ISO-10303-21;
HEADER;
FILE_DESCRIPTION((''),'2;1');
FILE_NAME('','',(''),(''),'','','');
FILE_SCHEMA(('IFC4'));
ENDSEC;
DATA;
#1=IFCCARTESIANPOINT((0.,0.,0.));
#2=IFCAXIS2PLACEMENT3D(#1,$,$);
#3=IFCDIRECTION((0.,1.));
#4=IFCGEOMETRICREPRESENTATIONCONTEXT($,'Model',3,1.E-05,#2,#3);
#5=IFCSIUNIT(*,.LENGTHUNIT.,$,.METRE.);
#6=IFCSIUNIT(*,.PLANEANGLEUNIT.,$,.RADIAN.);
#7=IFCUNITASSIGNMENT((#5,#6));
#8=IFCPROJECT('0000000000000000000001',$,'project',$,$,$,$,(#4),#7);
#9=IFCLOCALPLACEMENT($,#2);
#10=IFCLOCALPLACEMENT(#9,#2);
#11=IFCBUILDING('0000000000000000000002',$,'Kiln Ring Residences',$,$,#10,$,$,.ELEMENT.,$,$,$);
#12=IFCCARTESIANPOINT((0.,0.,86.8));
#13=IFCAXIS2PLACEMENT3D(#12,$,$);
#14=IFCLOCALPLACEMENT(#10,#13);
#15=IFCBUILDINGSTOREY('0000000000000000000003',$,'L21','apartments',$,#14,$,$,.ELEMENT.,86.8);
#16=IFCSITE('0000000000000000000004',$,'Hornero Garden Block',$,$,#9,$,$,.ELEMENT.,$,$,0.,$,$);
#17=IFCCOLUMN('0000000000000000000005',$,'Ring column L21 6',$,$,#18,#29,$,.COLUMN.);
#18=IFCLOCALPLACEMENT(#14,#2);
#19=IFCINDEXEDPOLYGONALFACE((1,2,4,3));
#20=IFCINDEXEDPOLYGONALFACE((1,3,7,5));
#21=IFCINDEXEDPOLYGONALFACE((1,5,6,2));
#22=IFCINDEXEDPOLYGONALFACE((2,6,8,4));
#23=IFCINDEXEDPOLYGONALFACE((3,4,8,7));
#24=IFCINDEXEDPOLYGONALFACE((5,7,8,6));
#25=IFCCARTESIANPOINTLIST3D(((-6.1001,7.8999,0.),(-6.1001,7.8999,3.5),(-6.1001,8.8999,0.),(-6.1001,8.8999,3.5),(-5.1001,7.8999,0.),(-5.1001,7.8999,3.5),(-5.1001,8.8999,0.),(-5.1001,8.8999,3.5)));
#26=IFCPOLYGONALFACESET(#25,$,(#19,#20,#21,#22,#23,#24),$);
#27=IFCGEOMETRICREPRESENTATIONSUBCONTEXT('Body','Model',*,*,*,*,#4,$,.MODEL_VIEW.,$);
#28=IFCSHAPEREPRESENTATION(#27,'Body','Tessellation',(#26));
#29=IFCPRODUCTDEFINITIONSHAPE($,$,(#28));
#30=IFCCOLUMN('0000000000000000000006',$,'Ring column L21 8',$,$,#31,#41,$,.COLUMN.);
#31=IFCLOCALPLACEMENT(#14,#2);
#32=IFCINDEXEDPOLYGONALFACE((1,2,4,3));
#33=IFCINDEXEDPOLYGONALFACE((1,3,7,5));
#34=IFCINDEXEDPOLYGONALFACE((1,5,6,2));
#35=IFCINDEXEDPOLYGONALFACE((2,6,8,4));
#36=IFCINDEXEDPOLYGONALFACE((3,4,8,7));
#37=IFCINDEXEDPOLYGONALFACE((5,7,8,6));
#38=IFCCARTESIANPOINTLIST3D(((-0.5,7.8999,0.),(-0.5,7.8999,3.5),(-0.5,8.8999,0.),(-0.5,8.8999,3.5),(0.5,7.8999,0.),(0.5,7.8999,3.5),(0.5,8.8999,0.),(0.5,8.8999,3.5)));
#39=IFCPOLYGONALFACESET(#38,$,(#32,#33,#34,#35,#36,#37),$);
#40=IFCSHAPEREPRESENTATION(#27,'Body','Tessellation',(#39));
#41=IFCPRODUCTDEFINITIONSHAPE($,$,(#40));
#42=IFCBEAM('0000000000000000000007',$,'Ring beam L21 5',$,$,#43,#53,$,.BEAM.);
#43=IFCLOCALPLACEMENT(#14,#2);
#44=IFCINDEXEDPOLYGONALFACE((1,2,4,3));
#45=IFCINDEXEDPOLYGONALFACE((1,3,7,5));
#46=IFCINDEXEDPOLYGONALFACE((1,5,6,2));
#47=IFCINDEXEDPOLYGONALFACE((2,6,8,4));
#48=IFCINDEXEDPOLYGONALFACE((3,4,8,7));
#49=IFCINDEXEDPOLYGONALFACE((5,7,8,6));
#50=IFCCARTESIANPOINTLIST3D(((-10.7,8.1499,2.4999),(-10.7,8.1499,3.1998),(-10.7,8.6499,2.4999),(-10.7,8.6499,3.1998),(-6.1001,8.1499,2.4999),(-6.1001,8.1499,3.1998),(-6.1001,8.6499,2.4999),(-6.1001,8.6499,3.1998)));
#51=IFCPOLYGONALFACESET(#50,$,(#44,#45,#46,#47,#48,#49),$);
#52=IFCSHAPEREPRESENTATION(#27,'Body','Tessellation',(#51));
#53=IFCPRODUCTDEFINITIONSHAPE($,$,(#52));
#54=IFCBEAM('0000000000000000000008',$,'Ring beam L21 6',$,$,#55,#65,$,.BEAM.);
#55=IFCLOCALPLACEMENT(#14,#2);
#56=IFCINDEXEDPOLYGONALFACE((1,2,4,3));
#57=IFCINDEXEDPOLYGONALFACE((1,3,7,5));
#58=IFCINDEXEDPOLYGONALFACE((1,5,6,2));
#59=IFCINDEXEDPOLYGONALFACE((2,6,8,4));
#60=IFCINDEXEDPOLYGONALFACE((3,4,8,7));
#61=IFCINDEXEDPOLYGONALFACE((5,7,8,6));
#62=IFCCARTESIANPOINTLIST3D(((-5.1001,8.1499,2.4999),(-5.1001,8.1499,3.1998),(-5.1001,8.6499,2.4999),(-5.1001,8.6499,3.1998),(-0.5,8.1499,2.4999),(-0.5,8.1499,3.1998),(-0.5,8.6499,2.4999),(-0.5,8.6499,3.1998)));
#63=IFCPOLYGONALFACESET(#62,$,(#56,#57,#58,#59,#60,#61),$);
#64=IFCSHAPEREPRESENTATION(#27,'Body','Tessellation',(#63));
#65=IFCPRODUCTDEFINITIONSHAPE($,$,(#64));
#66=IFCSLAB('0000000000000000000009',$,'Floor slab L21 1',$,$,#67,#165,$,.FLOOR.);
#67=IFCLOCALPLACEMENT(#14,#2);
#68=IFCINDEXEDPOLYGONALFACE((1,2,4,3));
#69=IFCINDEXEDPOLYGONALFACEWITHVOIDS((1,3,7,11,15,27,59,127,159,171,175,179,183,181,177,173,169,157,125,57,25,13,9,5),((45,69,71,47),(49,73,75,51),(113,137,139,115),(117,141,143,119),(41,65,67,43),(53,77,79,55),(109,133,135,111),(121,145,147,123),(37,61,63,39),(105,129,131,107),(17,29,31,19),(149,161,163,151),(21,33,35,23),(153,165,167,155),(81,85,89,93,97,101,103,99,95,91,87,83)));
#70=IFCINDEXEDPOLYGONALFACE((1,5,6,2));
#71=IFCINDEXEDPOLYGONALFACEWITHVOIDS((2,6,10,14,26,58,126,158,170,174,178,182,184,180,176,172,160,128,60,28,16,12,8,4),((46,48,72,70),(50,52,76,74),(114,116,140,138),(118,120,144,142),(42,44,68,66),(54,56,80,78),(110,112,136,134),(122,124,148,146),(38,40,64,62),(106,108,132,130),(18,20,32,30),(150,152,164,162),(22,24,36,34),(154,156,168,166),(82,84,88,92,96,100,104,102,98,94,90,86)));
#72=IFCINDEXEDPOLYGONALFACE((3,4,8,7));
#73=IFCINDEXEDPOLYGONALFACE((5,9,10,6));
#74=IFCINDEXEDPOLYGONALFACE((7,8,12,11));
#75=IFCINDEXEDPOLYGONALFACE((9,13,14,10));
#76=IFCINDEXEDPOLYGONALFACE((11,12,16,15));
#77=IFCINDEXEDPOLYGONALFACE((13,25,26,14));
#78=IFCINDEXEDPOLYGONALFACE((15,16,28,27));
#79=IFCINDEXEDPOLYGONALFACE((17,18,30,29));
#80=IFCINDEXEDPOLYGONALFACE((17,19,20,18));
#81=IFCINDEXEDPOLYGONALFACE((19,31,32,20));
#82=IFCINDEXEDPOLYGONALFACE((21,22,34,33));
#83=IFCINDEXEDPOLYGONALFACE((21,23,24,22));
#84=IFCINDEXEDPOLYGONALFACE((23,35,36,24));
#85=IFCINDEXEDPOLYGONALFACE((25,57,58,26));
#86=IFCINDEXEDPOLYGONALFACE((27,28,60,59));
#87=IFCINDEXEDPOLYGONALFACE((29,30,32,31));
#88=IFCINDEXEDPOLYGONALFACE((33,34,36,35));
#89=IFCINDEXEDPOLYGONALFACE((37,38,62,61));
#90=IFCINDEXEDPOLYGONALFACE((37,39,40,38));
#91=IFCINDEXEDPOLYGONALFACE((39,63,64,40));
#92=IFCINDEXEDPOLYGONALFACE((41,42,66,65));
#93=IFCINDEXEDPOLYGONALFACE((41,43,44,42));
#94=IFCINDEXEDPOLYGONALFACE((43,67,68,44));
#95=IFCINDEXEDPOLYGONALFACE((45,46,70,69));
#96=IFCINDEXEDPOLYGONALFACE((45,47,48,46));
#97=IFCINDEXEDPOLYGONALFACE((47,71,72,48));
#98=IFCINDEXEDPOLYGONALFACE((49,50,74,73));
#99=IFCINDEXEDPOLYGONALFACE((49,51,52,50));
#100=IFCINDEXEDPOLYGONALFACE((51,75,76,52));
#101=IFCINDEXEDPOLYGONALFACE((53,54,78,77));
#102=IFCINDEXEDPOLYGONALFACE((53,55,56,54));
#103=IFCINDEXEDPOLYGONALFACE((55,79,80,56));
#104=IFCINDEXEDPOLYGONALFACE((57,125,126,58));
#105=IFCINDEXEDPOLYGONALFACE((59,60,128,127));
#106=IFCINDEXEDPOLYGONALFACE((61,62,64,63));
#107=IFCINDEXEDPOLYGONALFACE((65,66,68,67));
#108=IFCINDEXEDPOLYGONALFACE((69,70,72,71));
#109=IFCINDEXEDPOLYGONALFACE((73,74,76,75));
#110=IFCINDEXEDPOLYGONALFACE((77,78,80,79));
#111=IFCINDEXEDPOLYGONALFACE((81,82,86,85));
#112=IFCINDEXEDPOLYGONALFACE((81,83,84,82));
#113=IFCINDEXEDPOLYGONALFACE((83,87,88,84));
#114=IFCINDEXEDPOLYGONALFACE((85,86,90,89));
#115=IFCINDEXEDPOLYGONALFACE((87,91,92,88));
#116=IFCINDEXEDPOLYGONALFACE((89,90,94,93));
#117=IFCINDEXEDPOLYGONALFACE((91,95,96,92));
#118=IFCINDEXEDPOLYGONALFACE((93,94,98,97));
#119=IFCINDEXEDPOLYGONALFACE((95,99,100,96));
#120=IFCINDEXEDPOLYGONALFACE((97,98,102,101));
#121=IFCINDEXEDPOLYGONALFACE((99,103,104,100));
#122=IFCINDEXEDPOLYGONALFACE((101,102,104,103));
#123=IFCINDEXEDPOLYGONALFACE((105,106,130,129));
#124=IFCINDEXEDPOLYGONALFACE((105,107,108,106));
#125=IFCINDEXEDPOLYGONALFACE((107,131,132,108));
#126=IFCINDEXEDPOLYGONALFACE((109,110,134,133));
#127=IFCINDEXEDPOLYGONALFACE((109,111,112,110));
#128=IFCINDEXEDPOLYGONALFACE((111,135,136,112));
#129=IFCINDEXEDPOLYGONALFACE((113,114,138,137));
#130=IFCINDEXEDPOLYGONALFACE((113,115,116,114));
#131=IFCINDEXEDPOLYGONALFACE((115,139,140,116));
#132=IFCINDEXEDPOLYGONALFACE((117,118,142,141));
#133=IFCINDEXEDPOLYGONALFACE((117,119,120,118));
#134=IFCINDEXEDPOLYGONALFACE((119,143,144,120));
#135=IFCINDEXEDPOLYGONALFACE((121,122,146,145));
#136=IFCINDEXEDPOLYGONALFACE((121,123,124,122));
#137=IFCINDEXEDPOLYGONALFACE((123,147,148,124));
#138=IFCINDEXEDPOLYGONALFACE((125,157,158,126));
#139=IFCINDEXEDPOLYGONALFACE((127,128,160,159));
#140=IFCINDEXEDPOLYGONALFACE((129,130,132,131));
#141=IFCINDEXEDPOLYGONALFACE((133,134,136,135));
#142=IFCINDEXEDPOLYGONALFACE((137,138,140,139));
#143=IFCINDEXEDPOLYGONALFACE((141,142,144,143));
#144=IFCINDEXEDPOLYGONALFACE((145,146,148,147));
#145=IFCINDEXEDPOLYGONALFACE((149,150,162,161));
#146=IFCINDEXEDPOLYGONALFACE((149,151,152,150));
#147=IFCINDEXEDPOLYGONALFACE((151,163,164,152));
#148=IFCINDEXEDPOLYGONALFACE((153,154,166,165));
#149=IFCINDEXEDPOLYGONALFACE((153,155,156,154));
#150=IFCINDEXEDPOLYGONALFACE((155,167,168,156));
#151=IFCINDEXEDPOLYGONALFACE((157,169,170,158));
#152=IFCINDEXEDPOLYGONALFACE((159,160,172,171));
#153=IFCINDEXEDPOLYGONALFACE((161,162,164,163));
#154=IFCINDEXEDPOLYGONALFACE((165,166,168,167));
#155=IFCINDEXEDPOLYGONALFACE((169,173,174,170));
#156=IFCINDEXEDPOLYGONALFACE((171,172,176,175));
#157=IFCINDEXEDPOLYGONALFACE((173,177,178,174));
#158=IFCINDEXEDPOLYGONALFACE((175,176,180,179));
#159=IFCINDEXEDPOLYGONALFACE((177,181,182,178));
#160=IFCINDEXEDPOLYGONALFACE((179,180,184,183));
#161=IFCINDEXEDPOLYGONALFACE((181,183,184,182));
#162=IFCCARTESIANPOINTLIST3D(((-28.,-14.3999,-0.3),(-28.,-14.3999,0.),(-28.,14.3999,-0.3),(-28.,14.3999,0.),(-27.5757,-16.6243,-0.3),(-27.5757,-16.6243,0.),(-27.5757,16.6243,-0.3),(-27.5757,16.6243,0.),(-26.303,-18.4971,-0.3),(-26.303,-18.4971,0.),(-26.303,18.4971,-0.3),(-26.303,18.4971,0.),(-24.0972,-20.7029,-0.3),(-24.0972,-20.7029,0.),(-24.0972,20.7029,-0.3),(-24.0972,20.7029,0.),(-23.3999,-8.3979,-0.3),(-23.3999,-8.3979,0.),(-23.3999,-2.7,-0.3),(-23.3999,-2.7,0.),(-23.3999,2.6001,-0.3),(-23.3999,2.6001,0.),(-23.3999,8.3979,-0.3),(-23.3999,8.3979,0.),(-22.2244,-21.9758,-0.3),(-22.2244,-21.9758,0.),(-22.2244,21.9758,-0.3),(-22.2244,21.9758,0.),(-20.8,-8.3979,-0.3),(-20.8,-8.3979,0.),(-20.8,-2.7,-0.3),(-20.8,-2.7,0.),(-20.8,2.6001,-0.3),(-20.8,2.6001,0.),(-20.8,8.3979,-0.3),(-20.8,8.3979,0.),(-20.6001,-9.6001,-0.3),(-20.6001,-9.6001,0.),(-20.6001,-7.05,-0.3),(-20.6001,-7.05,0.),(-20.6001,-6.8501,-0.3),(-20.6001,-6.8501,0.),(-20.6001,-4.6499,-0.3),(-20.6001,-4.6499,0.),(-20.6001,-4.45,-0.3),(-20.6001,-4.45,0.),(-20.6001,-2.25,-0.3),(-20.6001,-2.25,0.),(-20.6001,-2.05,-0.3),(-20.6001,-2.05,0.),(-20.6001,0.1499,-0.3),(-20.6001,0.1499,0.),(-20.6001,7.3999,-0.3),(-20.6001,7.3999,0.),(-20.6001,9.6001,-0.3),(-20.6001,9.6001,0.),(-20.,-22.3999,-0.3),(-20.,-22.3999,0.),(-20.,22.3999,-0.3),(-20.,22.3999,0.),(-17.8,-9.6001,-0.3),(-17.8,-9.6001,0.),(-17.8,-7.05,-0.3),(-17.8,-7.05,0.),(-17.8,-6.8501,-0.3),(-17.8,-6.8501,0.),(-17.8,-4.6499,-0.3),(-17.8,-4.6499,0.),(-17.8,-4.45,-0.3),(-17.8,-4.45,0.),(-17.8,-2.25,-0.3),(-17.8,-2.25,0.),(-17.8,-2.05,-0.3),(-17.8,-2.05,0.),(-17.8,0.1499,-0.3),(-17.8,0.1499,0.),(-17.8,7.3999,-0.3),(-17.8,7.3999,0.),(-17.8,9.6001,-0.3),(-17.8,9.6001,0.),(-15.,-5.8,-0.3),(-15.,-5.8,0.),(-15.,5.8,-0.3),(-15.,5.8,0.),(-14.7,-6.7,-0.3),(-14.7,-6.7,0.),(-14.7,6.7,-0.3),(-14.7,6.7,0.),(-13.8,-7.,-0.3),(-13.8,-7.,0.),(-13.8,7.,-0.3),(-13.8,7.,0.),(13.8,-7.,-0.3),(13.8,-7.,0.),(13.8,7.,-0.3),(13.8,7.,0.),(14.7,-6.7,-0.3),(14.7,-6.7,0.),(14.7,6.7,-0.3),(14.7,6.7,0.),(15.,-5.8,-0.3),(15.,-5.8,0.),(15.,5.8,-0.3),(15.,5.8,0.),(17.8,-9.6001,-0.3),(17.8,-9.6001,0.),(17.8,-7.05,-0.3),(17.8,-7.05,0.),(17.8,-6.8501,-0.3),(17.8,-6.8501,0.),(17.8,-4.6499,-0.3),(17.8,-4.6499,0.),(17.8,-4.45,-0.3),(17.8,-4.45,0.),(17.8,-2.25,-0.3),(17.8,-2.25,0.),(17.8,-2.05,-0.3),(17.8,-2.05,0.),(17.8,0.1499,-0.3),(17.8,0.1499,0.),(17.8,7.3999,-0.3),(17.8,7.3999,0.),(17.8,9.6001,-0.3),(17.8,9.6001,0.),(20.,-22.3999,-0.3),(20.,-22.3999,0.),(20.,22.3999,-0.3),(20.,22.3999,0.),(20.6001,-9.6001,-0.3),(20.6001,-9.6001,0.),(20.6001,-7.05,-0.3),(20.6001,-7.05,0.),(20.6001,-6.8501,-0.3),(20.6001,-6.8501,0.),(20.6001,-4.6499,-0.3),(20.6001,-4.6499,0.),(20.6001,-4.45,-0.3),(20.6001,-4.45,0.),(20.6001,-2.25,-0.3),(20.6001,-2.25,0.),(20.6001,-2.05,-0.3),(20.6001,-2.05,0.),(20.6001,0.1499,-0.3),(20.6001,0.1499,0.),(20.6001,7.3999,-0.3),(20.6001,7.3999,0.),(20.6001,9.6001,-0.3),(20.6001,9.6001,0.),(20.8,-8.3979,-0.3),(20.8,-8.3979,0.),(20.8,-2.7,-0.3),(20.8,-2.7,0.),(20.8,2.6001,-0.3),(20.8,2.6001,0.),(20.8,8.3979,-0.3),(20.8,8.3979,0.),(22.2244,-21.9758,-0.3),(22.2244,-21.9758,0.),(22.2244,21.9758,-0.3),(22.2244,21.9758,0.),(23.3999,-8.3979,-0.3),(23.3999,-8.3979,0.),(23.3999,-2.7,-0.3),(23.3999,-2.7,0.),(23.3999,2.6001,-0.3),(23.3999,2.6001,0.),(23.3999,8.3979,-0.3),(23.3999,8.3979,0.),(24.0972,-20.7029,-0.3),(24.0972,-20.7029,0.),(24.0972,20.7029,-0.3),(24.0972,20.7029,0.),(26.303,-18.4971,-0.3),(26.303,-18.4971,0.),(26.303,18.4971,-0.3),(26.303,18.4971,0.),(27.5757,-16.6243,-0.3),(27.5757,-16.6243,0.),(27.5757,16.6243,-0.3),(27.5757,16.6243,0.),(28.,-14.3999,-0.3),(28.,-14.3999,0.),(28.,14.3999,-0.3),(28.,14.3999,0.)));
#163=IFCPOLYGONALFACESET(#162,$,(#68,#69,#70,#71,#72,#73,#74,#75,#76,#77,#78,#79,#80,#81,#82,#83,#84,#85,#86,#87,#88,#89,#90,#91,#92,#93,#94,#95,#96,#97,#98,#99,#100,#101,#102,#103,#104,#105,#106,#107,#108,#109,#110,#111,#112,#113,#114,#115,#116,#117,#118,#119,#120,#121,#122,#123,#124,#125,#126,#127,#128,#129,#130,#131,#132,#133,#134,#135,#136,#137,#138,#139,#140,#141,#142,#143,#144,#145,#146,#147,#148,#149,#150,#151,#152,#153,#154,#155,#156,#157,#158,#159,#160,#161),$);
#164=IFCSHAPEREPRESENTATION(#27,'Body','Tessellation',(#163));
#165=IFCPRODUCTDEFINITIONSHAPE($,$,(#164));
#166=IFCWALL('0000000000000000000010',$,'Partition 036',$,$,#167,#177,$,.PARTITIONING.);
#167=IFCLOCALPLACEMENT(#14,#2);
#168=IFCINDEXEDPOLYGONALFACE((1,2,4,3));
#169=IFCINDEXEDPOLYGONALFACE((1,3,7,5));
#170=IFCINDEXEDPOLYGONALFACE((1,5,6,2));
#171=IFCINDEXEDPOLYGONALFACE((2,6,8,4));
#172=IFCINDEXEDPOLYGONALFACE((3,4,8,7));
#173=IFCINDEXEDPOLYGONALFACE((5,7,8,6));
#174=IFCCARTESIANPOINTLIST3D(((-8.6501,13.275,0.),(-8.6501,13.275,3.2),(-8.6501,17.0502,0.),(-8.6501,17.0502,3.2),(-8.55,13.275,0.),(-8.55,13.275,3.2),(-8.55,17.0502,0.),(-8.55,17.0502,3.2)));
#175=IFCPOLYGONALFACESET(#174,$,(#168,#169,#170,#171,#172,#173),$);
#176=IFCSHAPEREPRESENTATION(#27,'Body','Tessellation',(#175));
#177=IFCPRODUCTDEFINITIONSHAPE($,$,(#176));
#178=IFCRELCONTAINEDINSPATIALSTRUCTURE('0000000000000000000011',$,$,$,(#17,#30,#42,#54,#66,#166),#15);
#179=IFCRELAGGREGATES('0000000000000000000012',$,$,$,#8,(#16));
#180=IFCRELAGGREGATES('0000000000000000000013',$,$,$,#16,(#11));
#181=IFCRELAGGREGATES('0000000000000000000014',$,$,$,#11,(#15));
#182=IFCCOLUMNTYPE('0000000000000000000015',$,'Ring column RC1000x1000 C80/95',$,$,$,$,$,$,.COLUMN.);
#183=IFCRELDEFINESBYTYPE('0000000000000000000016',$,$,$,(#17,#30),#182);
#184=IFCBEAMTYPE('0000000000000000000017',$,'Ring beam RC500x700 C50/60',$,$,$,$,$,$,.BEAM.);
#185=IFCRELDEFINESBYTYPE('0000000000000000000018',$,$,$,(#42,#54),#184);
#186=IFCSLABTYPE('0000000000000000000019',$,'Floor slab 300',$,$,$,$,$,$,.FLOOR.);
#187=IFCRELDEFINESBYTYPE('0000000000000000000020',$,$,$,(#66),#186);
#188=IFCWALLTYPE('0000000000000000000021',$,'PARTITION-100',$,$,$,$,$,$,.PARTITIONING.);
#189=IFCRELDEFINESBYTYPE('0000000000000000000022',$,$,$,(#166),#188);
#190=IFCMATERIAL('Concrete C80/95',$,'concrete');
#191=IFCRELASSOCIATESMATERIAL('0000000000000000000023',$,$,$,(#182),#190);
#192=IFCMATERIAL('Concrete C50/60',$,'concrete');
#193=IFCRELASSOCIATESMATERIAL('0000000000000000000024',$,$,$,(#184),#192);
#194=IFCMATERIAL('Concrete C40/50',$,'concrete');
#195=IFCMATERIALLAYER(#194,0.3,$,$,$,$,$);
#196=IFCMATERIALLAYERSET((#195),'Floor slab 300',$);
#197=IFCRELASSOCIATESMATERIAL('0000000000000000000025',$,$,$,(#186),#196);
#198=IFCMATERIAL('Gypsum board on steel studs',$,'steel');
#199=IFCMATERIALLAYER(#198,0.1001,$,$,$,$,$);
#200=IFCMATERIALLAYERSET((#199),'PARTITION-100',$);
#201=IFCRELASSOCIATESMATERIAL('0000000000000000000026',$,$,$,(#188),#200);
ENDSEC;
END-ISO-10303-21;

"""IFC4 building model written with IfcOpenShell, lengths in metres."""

from ifc_helpers import new_model, si_unit, direction, frame, frame_2d, origin, origin_2d, place, context, subcontext, project, spatial, polyline, rectangle, outline, extrude, material, layer, layer_set, material_profile, profile_set, type_object, element, save


model = new_model("IFC4")

# Units and contexts
model_context = context("Model", 3, precision=1e-05, world=origin(), true_north=direction((0.0, 1.0)))
body_context = subcontext(model_context, "Body", "Model", "MODEL_VIEW")
ifc_project = project(units=[si_unit("LENGTHUNIT", "METRE"), si_unit("PLANEANGLEUNIT", "RADIAN")], contexts=[model_context])

# Site, building, storey
site_placement = place(None, origin())
site = spatial("IfcSite", under=ifc_project, at=site_placement, Name="Hornero Garden Block", CompositionType="ELEMENT", RefElevation=0.0)
building_placement = place(site_placement, origin())
building = spatial("IfcBuilding", under=site, at=building_placement, Name="Kiln Ring Residences", CompositionType="ELEMENT")
storey_placement = place(building_placement, frame((0.0, 0.0, 86.8)))
storey = spatial("IfcBuildingStorey", under=building, at=storey_placement, Name="L21", Description="apartments", CompositionType="ELEMENT", Elevation=86.8)

# Columns
ifc_material_1 = material(Name="Concrete C80/95", Category="concrete")
ifc_material_profile_1 = material_profile(ifc_material_1, rectangle(XDim=1.0, YDim=1.0, at=origin_2d()), Name="RC1000x1000")
ifc_profile_set_1 = profile_set([ifc_material_profile_1], Name="Concrete C80/95")
column_type = type_object("IfcColumnType", Name="Ring column RC1000x1000 C80/95", PredefinedType="COLUMN", material=ifc_profile_set_1)
for number, where, z_axis, x_axis, name in (
    (1, (-5.6001, 8.3999, 0.0), (0.0, 0.0, 1.0), (1.0, 0.0, 0.0), "Ring column L21 6"),
    (2, (0.0, 8.3999, 0.0), (0.0, 0.0, 1.0), (1.0, 0.0, 0.0), "Ring column L21 8"),
):
    element("IfcColumn", number, at=place(storey_placement, frame(where, z_axis=z_axis, x_axis=x_axis)), inside=storey, type_object=column_type, Name=name, PredefinedType="COLUMN", context=body_context, shape_type="SweptSolid", body=[
        extrude(rectangle(XDim=1.0, YDim=1.0, at=origin_2d()), origin(), (0.0, 0.0, 1.0), 3.5),
    ])

# Beams
ifc_material_2 = material(Name="Concrete C50/60", Category="concrete")
ifc_material_profile_2 = material_profile(ifc_material_2, rectangle(XDim=0.5, YDim=0.7, at=origin_2d()), Name="RC500x700")
ifc_profile_set_2 = profile_set([ifc_material_profile_2], Name="Concrete C50/60")
beam_type = type_object("IfcBeamType", Name="Ring beam RC500x700 C50/60", PredefinedType="BEAM", material=ifc_profile_set_2)
beam_1_placement = place(storey_placement, frame((-10.7, 8.3999, 2.8499), z_axis=(1.0, 0.0, 0.0), x_axis=(0.0, 1.0, 0.0)))
element("IfcBeam", 3, at=beam_1_placement, inside=storey, type_object=beam_type, Name="Ring beam L21 5", PredefinedType="BEAM", context=body_context, shape_type="SweptSolid", body=[
    extrude(rectangle(XDim=0.5, YDim=0.7, at=origin_2d()), origin(), (0.0, 0.0, 1.0), 4.5999),
])
beam_2_placement = place(storey_placement, frame((-5.1001, 8.3999, 2.8499), z_axis=(1.0, 0.0, 0.0), x_axis=(0.0, 1.0, 0.0)))
element("IfcBeam", 4, at=beam_2_placement, inside=storey, type_object=beam_type, Name="Ring beam L21 6", PredefinedType="BEAM", context=body_context, shape_type="SweptSolid", body=[
    extrude(rectangle(XDim=0.5, YDim=0.7, at=origin_2d()), origin(), (0.0, 0.0, 1.0), 4.6001),
])

# Slab
ifc_material_3 = material(Name="Concrete C40/50", Category="concrete")
ifc_layer_1 = layer(ifc_material_3, 0.3)
ifc_layer_set_1 = layer_set([ifc_layer_1], Name="Floor slab 300")
slab_type = type_object("IfcSlabType", Name="Floor slab 300", PredefinedType="FLOOR", material=ifc_layer_set_1)
slab_placement = place(storey_placement, frame((0.0, 0.0, -0.3)))
element("IfcSlab", 5, at=slab_placement, inside=storey, type_object=slab_type, Name="Floor slab L21 1", PredefinedType="FLOOR", context=body_context, shape_type="SweptSolid", body=[
    extrude(outline(polyline([(-26.303, -18.4971), (-24.0972, -20.7029), (-22.2244, -21.9758), (-20.0, -22.3999), (20.0, -22.3999), (22.2244, -21.9758), (24.0972, -20.7029), (26.303, -18.4971), (27.5757, -16.6243), (28.0, -14.3999), (28.0, 14.3999), (27.5757, 16.6243), (26.303, 18.4971), (24.0972, 20.7029), (22.2244, 21.9758), (20.0, 22.3999), (-20.0, 22.3999), (-22.2244, 21.9758), (-24.0972, 20.7029), (-26.303, 18.4971), (-27.5757, 16.6243), (-28.0, 14.3999), (-28.0, -14.3999), (-27.5757, -16.6243), (-26.303, -18.4971)]), holes=[polyline([(-14.7, -6.7), (-15.0, -5.8), (-15.0, 5.8), (-14.7, 6.7), (-13.8, 7.0), (13.8, 7.0), (14.7, 6.7), (15.0, 5.8), (15.0, -5.8), (14.7, -6.7), (13.8, -7.0), (-13.8, -7.0), (-14.7, -6.7)]), polyline([(20.8, -8.3979), (20.8, -2.7), (23.3999, -2.7), (23.3999, -8.3979), (20.8, -8.3979)]), polyline([(20.8, 2.6001), (20.8, 8.3979), (23.3999, 8.3979), (23.3999, 2.6001), (20.8, 2.6001)]), polyline([(17.8, -6.8501), (17.8, -4.6499), (20.6001, -4.6499), (20.6001, -6.8501), (17.8, -6.8501)]), polyline([(17.8, -4.45), (17.8, -2.25), (20.6001, -2.25), (20.6001, -4.45), (17.8, -4.45)]), polyline([(17.8, -2.05), (17.8, 0.1499), (20.6001, 0.1499), (20.6001, -2.05), (17.8, -2.05)]), polyline([(17.8, 7.3999), (17.8, 9.6001), (20.6001, 9.6001), (20.6001, 7.3999), (17.8, 7.3999)]), polyline([(20.6001, -9.6001), (17.8, -9.6001), (17.8, -7.05), (20.6001, -7.05), (20.6001, -9.6001)]), polyline([(-17.8, -7.05), (-17.8, -9.6001), (-20.6001, -9.6001), (-20.6001, -7.05), (-17.8, -7.05)]), polyline([(-17.8, -6.8501), (-20.6001, -6.8501), (-20.6001, -4.6499), (-17.8, -4.6499), (-17.8, -6.8501)]), polyline([(-17.8, -4.45), (-20.6001, -4.45), (-20.6001, -2.25), (-17.8, -2.25), (-17.8, -4.45)]), polyline([(-17.8, -2.05), (-20.6001, -2.05), (-20.6001, 0.1499), (-17.8, 0.1499), (-17.8, -2.05)]), polyline([(-17.8, 7.3999), (-20.6001, 7.3999), (-20.6001, 9.6001), (-17.8, 9.6001), (-17.8, 7.3999)]), polyline([(-20.8, -8.3979), (-23.3999, -8.3979), (-23.3999, -2.7), (-20.8, -2.7), (-20.8, -8.3979)]), polyline([(-20.8, 2.6001), (-23.3999, 2.6001), (-23.3999, 8.3979), (-20.8, 8.3979), (-20.8, 2.6001)])]), origin(), (0.0, 0.0, 1.0), 0.3),
])

# Wall
ifc_material_4 = material(Name="Gypsum board on steel studs", Category="steel")
ifc_layer_2 = layer(ifc_material_4, 0.1001)
ifc_layer_set_2 = layer_set([ifc_layer_2], Name="PARTITION-100")
wall_type_1 = type_object("IfcWallType", Name="PARTITION-100", PredefinedType="PARTITIONING", material=ifc_layer_set_2)
wall_1_placement = place(storey_placement, frame((-8.6001, 13.2749, 0.0), z_axis=(0.0, 0.0, 1.0), x_axis=(0.0, 1.0, 0.0)))
element("IfcWall", 6, at=wall_1_placement, inside=storey, type_object=wall_type_1, Name="Partition 036", PredefinedType="PARTITIONING", context=body_context, shape_type="SweptSolid", body=[
    extrude(rectangle(XDim=3.7751, YDim=0.1001, at=frame_2d((1.8877, 0.0))), origin(), (0.0, 0.0, 1.0), 3.2),
])

save(model, "model.ifc")
